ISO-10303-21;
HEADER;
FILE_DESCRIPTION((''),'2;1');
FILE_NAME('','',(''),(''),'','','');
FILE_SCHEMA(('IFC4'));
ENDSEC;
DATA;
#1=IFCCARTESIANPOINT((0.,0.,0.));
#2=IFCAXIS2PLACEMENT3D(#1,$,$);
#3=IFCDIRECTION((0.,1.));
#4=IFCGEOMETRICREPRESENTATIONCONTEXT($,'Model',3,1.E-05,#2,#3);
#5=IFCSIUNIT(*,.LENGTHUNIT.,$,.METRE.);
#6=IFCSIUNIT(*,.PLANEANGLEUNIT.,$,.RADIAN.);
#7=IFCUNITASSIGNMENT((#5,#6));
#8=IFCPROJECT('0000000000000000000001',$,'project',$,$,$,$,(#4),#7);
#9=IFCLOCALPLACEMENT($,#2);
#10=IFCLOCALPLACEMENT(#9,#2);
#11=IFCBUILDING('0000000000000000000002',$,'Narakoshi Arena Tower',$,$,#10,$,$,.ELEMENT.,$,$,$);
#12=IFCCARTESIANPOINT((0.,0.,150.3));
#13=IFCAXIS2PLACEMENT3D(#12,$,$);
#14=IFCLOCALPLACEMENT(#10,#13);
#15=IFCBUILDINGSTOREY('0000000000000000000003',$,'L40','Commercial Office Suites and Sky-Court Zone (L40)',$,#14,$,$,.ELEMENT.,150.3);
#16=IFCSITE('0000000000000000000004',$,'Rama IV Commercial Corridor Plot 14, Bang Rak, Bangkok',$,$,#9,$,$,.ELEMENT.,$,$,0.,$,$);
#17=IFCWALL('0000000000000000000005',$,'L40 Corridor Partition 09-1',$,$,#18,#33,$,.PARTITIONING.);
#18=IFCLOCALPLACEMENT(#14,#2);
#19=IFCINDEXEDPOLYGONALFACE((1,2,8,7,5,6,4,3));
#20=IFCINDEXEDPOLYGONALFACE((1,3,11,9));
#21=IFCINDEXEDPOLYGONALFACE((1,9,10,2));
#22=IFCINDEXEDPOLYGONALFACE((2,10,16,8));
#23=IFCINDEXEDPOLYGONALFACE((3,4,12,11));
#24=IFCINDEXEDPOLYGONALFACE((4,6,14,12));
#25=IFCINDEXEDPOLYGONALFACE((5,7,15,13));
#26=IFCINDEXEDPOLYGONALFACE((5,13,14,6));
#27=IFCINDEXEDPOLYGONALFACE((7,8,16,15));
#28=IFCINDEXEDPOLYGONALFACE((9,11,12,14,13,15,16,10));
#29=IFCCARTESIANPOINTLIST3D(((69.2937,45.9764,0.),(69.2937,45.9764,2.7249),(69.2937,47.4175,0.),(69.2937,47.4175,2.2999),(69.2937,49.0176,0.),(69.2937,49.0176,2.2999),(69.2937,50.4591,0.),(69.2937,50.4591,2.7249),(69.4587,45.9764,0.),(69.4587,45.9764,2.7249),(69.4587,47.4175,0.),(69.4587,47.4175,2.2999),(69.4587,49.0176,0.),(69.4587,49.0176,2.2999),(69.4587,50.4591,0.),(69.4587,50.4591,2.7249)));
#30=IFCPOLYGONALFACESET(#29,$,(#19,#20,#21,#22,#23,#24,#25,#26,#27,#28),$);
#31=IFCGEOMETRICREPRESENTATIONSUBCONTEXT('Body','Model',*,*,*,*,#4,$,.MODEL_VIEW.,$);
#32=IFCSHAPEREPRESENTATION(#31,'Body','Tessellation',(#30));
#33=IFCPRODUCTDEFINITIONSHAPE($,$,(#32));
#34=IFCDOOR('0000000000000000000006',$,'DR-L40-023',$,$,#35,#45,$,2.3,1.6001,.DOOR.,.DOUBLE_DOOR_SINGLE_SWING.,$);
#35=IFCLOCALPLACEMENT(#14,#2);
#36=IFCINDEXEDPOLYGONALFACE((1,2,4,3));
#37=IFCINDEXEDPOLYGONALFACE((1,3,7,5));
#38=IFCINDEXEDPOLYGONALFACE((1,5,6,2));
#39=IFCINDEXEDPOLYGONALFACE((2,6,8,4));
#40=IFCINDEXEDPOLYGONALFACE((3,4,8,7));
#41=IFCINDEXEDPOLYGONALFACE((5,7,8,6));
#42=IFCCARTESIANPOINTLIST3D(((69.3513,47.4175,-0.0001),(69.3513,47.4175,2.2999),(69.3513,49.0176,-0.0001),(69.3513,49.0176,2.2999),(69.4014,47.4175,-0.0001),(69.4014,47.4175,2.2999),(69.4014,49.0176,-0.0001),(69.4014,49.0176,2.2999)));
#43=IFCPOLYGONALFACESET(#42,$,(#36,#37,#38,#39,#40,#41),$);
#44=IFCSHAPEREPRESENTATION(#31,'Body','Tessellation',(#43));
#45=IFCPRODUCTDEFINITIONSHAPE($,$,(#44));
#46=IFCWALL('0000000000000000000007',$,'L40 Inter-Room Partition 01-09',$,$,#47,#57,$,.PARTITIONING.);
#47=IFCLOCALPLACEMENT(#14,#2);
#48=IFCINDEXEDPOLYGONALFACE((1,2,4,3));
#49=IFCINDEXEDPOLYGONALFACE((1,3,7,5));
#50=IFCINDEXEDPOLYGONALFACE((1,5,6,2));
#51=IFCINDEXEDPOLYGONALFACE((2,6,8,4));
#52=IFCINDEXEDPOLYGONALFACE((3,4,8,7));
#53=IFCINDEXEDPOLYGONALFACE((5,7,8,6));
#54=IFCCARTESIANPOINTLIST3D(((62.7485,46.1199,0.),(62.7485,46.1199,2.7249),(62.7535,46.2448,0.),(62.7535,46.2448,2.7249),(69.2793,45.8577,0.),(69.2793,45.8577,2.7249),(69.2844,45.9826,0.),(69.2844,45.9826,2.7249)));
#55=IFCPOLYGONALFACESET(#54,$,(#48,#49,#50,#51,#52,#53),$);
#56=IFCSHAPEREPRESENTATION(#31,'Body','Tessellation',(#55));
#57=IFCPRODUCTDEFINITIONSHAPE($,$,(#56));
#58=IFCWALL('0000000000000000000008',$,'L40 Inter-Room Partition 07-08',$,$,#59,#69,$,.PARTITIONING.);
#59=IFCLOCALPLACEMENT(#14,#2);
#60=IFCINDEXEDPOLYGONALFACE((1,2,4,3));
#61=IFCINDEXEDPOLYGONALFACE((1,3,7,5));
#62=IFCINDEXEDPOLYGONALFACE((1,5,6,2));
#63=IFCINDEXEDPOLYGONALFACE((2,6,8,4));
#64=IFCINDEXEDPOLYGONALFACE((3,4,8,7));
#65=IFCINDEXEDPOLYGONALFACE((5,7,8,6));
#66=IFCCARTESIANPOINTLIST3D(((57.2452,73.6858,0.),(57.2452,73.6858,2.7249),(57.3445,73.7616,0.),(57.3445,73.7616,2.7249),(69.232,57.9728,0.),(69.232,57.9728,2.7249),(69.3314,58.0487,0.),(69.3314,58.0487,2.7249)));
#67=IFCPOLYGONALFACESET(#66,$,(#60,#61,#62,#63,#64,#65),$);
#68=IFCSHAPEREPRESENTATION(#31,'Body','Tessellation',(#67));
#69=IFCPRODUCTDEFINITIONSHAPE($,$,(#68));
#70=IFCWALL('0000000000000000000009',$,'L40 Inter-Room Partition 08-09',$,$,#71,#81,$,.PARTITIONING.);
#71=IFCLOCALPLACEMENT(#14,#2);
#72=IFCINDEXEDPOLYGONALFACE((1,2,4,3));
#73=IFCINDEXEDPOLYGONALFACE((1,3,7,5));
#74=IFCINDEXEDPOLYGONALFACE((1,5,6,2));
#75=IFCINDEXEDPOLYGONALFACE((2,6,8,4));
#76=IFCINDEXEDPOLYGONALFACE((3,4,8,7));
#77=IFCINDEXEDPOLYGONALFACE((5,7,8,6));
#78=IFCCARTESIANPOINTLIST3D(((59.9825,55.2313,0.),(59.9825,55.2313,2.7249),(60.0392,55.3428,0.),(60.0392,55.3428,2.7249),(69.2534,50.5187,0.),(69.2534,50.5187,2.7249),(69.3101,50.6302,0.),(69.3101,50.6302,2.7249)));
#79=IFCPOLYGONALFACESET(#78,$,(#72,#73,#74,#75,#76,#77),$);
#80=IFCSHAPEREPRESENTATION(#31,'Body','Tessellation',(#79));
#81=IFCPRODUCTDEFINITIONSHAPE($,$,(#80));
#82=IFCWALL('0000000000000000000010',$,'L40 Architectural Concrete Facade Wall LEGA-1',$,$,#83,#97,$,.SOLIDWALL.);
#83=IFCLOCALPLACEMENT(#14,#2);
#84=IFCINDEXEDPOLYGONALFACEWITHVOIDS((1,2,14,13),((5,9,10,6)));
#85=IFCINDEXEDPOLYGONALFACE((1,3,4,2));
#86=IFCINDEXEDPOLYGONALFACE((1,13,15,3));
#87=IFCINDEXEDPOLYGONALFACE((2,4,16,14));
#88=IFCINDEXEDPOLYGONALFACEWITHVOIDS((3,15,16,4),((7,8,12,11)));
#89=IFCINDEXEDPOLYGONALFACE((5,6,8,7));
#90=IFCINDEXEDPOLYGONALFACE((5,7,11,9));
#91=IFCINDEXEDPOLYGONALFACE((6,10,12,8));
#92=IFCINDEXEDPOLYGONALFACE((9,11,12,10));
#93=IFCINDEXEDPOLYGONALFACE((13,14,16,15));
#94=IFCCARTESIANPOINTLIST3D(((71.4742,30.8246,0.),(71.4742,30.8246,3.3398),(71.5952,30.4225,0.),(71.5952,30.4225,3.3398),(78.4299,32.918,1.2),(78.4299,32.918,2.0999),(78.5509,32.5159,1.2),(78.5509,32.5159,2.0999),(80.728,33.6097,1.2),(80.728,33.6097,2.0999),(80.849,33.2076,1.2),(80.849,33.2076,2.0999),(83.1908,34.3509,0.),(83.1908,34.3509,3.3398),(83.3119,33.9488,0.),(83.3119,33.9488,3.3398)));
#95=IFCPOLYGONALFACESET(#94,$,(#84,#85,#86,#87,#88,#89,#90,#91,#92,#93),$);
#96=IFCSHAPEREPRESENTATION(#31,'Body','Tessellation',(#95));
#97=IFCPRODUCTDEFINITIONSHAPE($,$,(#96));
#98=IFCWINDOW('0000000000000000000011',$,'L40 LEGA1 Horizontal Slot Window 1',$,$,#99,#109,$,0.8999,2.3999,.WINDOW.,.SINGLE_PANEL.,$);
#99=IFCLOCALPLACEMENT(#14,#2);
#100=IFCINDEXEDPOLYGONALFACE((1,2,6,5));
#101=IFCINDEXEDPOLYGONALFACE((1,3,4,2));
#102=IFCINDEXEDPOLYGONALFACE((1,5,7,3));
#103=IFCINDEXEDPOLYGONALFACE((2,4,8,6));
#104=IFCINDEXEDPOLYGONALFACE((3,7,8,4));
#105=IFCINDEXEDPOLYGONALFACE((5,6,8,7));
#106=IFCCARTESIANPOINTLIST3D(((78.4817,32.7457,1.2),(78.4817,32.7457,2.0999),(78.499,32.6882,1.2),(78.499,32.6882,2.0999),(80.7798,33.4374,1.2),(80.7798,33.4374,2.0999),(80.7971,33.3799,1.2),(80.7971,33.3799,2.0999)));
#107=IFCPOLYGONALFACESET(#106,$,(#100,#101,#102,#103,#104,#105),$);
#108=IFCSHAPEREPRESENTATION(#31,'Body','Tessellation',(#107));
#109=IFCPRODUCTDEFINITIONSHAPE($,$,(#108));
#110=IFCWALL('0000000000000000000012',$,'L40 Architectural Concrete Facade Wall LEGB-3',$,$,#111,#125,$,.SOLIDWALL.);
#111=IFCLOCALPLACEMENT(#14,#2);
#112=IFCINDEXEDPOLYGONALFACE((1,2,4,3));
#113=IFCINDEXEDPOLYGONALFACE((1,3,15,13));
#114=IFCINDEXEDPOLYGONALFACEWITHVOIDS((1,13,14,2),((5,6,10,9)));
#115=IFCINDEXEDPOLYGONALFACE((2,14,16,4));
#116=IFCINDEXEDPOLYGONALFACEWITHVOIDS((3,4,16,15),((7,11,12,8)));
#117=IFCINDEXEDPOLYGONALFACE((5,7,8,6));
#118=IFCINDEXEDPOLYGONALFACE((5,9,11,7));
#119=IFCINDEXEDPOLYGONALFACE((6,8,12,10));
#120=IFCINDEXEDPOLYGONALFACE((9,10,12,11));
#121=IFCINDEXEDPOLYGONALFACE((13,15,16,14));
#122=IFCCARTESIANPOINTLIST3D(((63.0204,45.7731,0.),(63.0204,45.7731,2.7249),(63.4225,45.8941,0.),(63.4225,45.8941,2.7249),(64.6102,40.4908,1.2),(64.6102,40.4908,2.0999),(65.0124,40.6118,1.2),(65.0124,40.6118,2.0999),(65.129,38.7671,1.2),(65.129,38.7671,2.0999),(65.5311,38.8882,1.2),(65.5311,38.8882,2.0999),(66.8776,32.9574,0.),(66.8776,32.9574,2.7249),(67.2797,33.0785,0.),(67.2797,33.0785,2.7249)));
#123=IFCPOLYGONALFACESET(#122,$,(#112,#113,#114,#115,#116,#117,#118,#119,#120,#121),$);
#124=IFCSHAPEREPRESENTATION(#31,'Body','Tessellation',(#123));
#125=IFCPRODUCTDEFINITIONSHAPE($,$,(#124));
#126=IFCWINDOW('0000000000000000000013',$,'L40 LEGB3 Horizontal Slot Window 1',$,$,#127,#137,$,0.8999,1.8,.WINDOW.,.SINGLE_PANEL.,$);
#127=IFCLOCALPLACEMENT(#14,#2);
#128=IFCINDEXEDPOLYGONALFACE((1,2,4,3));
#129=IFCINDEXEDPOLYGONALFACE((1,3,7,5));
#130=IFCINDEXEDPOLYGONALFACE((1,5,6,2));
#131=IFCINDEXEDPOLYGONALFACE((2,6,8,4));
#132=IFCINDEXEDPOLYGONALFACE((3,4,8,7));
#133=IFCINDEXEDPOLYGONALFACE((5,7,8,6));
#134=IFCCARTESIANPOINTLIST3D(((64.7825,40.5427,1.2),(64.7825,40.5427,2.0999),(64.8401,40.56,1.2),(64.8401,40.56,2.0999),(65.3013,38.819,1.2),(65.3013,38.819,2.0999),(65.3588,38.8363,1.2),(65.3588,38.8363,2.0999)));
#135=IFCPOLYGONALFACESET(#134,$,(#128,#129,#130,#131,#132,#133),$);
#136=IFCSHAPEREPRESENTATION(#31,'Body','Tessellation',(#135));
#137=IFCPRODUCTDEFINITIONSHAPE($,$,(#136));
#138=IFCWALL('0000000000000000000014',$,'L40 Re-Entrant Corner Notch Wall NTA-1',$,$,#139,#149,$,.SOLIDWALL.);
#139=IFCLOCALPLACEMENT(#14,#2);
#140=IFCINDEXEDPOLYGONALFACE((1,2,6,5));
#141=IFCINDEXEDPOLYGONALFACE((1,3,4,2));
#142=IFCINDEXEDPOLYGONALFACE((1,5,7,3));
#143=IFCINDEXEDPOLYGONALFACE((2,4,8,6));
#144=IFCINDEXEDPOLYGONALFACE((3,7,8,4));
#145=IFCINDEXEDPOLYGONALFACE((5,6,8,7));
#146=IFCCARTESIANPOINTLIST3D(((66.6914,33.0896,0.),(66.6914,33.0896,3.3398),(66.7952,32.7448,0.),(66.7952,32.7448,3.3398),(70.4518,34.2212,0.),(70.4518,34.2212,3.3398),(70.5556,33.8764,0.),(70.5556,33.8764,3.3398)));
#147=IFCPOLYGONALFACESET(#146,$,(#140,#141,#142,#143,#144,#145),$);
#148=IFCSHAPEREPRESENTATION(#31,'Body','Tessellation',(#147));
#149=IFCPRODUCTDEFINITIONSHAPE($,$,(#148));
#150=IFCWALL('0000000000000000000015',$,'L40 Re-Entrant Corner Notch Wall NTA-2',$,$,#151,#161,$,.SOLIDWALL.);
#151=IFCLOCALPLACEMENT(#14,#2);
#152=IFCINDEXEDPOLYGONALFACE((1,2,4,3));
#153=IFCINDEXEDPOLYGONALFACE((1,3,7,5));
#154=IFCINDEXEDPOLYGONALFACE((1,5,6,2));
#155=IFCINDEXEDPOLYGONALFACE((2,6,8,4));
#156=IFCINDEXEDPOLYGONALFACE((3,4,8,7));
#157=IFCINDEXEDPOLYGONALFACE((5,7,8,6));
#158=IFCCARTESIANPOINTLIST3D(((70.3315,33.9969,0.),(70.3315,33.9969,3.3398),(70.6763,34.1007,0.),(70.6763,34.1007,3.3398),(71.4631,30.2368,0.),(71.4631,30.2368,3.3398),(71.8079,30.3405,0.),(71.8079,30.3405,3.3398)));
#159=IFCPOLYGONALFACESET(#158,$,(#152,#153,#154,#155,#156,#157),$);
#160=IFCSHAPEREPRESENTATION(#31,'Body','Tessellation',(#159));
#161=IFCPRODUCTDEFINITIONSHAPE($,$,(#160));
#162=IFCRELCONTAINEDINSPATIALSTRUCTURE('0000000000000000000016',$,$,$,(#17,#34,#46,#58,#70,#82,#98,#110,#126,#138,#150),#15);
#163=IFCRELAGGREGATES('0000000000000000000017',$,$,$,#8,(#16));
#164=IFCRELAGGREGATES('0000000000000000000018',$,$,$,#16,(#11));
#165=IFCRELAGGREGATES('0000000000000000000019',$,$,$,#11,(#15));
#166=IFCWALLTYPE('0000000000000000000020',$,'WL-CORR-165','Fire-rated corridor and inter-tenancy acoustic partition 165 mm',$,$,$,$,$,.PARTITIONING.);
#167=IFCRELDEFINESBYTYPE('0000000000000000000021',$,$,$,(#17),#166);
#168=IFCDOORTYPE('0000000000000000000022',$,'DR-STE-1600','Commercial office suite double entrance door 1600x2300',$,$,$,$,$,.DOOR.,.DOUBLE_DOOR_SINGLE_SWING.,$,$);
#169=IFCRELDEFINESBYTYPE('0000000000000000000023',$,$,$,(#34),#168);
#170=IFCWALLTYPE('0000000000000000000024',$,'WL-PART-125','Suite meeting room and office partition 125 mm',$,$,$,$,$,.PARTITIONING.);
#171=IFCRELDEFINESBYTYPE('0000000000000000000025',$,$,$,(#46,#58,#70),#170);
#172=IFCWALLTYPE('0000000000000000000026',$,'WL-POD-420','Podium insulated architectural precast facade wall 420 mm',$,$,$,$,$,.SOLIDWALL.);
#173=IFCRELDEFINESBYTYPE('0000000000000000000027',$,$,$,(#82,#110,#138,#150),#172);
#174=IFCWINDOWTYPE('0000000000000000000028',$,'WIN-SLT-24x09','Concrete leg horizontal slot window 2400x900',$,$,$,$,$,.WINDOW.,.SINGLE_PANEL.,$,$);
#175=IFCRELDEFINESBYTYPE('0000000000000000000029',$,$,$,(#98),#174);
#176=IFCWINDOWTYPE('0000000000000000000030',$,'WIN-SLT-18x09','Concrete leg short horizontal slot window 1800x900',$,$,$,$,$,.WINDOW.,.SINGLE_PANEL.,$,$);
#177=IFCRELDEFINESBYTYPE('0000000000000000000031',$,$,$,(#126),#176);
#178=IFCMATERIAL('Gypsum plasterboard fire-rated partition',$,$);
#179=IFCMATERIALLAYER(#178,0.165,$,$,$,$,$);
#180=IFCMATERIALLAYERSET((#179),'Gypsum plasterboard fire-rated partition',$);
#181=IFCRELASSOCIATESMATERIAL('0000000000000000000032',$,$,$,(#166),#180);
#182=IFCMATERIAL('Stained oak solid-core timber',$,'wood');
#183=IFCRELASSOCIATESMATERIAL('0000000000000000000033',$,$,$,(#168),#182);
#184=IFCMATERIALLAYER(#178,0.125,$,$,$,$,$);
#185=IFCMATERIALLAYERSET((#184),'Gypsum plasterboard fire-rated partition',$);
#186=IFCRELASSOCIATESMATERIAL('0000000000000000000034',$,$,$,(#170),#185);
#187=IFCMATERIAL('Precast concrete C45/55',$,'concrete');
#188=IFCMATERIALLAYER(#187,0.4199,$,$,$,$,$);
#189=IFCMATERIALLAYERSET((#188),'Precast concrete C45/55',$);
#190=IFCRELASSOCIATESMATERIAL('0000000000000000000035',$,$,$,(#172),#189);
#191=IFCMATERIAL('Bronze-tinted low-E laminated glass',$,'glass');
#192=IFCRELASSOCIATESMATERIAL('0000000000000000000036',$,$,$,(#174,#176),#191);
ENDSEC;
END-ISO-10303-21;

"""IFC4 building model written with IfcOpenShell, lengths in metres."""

from ifc_helpers import new_model, si_unit, direction, frame, frame_2d, origin, place, context, subcontext, project, spatial, rectangle, extrude, material, layer, layer_set, type_object, element, fill, save


model = new_model("IFC4")

# Units and contexts
model_context = context("Model", 3, precision=1e-05, world=origin(), true_north=direction((0.0, 1.0)))
body_context = subcontext(model_context, "Body", "Model", "MODEL_VIEW")
ifc_project = project(units=[si_unit("LENGTHUNIT", "METRE"), si_unit("PLANEANGLEUNIT", "RADIAN")], contexts=[model_context])

# Site, building, storey
site_placement = place(None, origin())
site = spatial("IfcSite", under=ifc_project, at=site_placement, Name="Rama IV Commercial Corridor Plot 14, Bang Rak, Bangkok", CompositionType="ELEMENT", RefElevation=0.0)
building_placement = place(site_placement, origin())
building = spatial("IfcBuilding", under=site, at=building_placement, Name="Narakoshi Arena Tower", CompositionType="ELEMENT")
storey_placement = place(building_placement, frame((0.0, 0.0, 150.3)))
storey = spatial("IfcBuildingStorey", under=building, at=storey_placement, Name="L40", Description="Commercial Office Suites and Sky-Court Zone (L40)", CompositionType="ELEMENT", Elevation=150.3)

# Wall, opening, door
ifc_material_1 = material(Name="Gypsum plasterboard fire-rated partition")
ifc_layer_1 = layer(ifc_material_1, 0.165)
ifc_layer_set_1 = layer_set([ifc_layer_1], Name="Gypsum plasterboard fire-rated partition")
wall_type_1 = type_object("IfcWallType", Name="WL-CORR-165", Description="Fire-rated corridor and inter-tenancy acoustic partition 165 mm", PredefinedType="PARTITIONING", material=ifc_layer_set_1)
ifc_material_2 = material(Name="Stained oak solid-core timber", Category="wood")
wall_1_placement = place(storey_placement, frame((69.3762, 50.459, 0.0), z_axis=(0.0, 0.0, 1.0), x_axis=(0.0, -1.0, 0.0)))
wall_1 = element("IfcWall", 1, at=wall_1_placement, inside=storey, type_object=wall_type_1, Name="L40 Corridor Partition 09-1", PredefinedType="PARTITIONING", context=body_context, shape_type="SweptSolid", body=[
    extrude(rectangle(XDim=4.4827, YDim=0.165, at=frame_2d((2.2412, 0.0))), origin(), (0.0, 0.0, 1.0), 2.7249),
])
opening_1_placement = place(wall_1_placement, frame((1.4414, 0.0, 0.0)))
opening_1 = element("IfcOpeningElement", 2, at=opening_1_placement, cuts=wall_1, PredefinedType="OPENING", context=body_context, shape_type="SweptSolid", body=[
    extrude(rectangle(XDim=1.6001, YDim=2.3, at=frame_2d((0.8, 1.1499))), frame((0.0, 0.0925, 0.0), z_axis=(0.0, -1.0, 0.0), x_axis=(1.0, 0.0, 0.0)), (0.0, 0.0, 1.0), 0.1851),
])
door_type_1 = type_object("IfcDoorType", Name="DR-STE-1600", Description="Commercial office suite double entrance door 1600x2300", OperationType="DOUBLE_DOOR_SINGLE_SWING", PredefinedType="DOOR", material=ifc_material_2)
door_1_placement = place(opening_1_placement, frame((1.6001, 0.0, 0.0), z_axis=(0.0, 0.0, 1.0), x_axis=(-1.0, 0.0, 0.0)))
door_1 = element("IfcDoor", 3, at=door_1_placement, inside=storey, type_object=door_type_1, Name="DR-L40-023", OperationType="DOUBLE_DOOR_SINGLE_SWING", OverallHeight=2.3, OverallWidth=1.6001, PredefinedType="DOOR", context=body_context, shape_type="SweptSolid", body=[
    extrude(rectangle(XDim=1.6001, YDim=2.3, at=frame_2d((0.8, 1.1499))), frame((0.0, 0.0249, 0.0), z_axis=(0.0, -1.0, 0.0), x_axis=(1.0, 0.0, 0.0)), (0.0, 0.0, 1.0), 0.05),
])
fill(opening_1, door_1)

# Walls
ifc_layer_2 = layer(ifc_material_1, 0.125)
ifc_layer_set_2 = layer_set([ifc_layer_2], Name="Gypsum plasterboard fire-rated partition")
wall_type_2 = type_object("IfcWallType", Name="WL-PART-125", Description="Suite meeting room and office partition 125 mm", PredefinedType="PARTITIONING", material=ifc_layer_set_2)
wall_2_placement = place(storey_placement, frame((62.751, 46.1824, 0.0), z_axis=(0.0, 0.0, 1.0), x_axis=(0.999195, -0.040117, 0.0)))
element("IfcWall", 4, at=wall_2_placement, inside=storey, type_object=wall_type_2, Name="L40 Inter-Room Partition 01-09", PredefinedType="PARTITIONING", context=body_context, shape_type="SweptSolid", body=[
    extrude(rectangle(XDim=6.5361, YDim=0.125, at=frame_2d((3.2681, 0.0))), origin(), (0.0, 0.0, 1.0), 2.7249),
])
wall_3_placement = place(storey_placement, frame((69.2817, 58.0107, 0.0), z_axis=(0.0, 0.0, 1.0), x_axis=(-0.606526, 0.795063, 0.0)))
element("IfcWall", 5, at=wall_3_placement, inside=storey, type_object=wall_type_2, Name="L40 Inter-Room Partition 07-08", PredefinedType="PARTITIONING", context=body_context, shape_type="SweptSolid", body=[
    extrude(rectangle(XDim=19.7632, YDim=0.125, at=frame_2d((9.8816, 0.0))), origin(), (0.0, 0.0, 1.0), 2.7249),
])
wall_4_placement = place(storey_placement, frame((69.2817, 50.5745, 0.0), z_axis=(0.0, 0.0, 1.0), x_axis=(-0.89144, 0.453138, 0.0)))
element("IfcWall", 6, at=wall_4_placement, inside=storey, type_object=wall_type_2, Name="L40 Inter-Room Partition 08-09", PredefinedType="PARTITIONING", context=body_context, shape_type="SweptSolid", body=[
    extrude(rectangle(XDim=10.3999, YDim=0.125, at=frame_2d((5.2, 0.0))), origin(), (0.0, 0.0, 1.0), 2.7249),
])

# Walls, openings, windows
ifc_material_3 = material(Name="Precast concrete C45/55", Category="concrete")
ifc_layer_3 = layer(ifc_material_3, 0.4199)
ifc_layer_set_3 = layer_set([ifc_layer_3], Name="Precast concrete C45/55")
wall_type_3 = type_object("IfcWallType", Name="WL-POD-420", Description="Podium insulated architectural precast facade wall 420 mm", PredefinedType="SOLIDWALL", material=ifc_layer_set_3)
wall_5_placement = place(storey_placement, frame((71.5347, 30.6235, 0.0), z_axis=(0.0, 0.0, 1.0), x_axis=(0.957571, 0.288197, 0.0)))
wall_5 = element("IfcWall", 7, at=wall_5_placement, inside=storey, type_object=wall_type_3, Name="L40 Architectural Concrete Facade Wall LEGA-1", PredefinedType="SOLIDWALL", context=body_context, shape_type="SweptSolid", body=[
    extrude(rectangle(XDim=12.2358, YDim=0.4199, at=frame_2d((6.1179, 0.0))), origin(), (0.0, 0.0, 1.0), 3.3398),
])
opening_2_placement = place(wall_5_placement, frame((7.2639, 0.0, 1.2)))
opening_2 = element("IfcOpeningElement", 8, at=opening_2_placement, cuts=wall_5, PredefinedType="OPENING", context=body_context, shape_type="SweptSolid", body=[
    extrude(rectangle(XDim=2.3999, YDim=0.8999, at=frame_2d((1.2, 0.45))), frame((0.0, 0.22, 0.0), z_axis=(0.0, -1.0, 0.0), x_axis=(1.0, 0.0, 0.0)), (0.0, 0.0, 1.0), 0.4399),
])
ifc_material_4 = material(Name="Bronze-tinted low-E laminated glass", Category="glass")
window_type_1 = type_object("IfcWindowType", Name="WIN-SLT-24x09", Description="Concrete leg horizontal slot window 2400x900", PartitioningType="SINGLE_PANEL", PredefinedType="WINDOW", material=ifc_material_4)
window_1_placement = place(opening_2_placement, origin())
window_1 = element("IfcWindow", 9, at=window_1_placement, inside=storey, type_object=window_type_1, Name="L40 LEGA1 Horizontal Slot Window 1", OverallHeight=0.8999, OverallWidth=2.3999, PartitioningType="SINGLE_PANEL", PredefinedType="WINDOW", context=body_context, shape_type="SweptSolid", body=[
    extrude(rectangle(XDim=2.3999, YDim=0.8999, at=frame_2d((1.2, 0.45))), frame((0.0, 0.03, 0.0), z_axis=(0.0, -1.0, 0.0), x_axis=(1.0, 0.0, 0.0)), (0.0, 0.0, 1.0), 0.0601),
])
fill(opening_2, window_1)
wall_6_placement = place(storey_placement, frame((63.2214, 45.8337, 0.0), z_axis=(0.0, 0.0, 1.0), x_axis=(0.288203, -0.957569, 0.0)))
wall_6 = element("IfcWall", 10, at=wall_6_placement, inside=storey, type_object=wall_type_3, Name="L40 Architectural Concrete Facade Wall LEGB-3", PredefinedType="SOLIDWALL", context=body_context, shape_type="SweptSolid", body=[
    extrude(rectangle(XDim=13.3835, YDim=0.4199, at=frame_2d((6.6919, 0.0))), origin(), (0.0, 0.0, 1.0), 2.7249),
])
opening_3_placement = place(wall_6_placement, frame((5.5166, 0.0, 1.2)))
opening_3 = element("IfcOpeningElement", 11, at=opening_3_placement, cuts=wall_6, PredefinedType="OPENING", context=body_context, shape_type="SweptSolid", body=[
    extrude(rectangle(XDim=1.8, YDim=0.8999, at=frame_2d((0.8999, 0.45))), frame((0.0, 0.22, 0.0), z_axis=(0.0, -1.0, 0.0), x_axis=(1.0, 0.0, 0.0)), (0.0, 0.0, 1.0), 0.4399),
])
window_type_2 = type_object("IfcWindowType", Name="WIN-SLT-18x09", Description="Concrete leg short horizontal slot window 1800x900", PartitioningType="SINGLE_PANEL", PredefinedType="WINDOW", material=ifc_material_4)
window_2_placement = place(opening_3_placement, origin())
window_2 = element("IfcWindow", 12, at=window_2_placement, inside=storey, type_object=window_type_2, Name="L40 LEGB3 Horizontal Slot Window 1", OverallHeight=0.8999, OverallWidth=1.8, PartitioningType="SINGLE_PANEL", PredefinedType="WINDOW", context=body_context, shape_type="SweptSolid", body=[
    extrude(rectangle(XDim=1.8, YDim=0.8999, at=frame_2d((0.8999, 0.45))), frame((0.0, 0.03, 0.0), z_axis=(0.0, -1.0, 0.0), x_axis=(1.0, 0.0, 0.0)), (0.0, 0.0, 1.0), 0.0601),
])
fill(opening_3, window_2)

# Walls
wall_7_placement = place(storey_placement, frame((66.7434, 32.9172, 0.0), z_axis=(0.0, 0.0, 1.0), x_axis=(0.957585, 0.288152, 0.0)))
element("IfcWall", 13, at=wall_7_placement, inside=storey, type_object=wall_type_3, Name="L40 Re-Entrant Corner Notch Wall NTA-1", PredefinedType="SOLIDWALL", context=body_context, shape_type="SweptSolid", body=[
    extrude(rectangle(XDim=3.927, YDim=0.3601, at=frame_2d((1.9634, 0.0))), origin(), (0.0, 0.0, 1.0), 3.3398),
])
wall_8_placement = place(storey_placement, frame((70.5039, 34.0488, 0.0), z_axis=(0.0, 0.0, 1.0), x_axis=(0.288169, -0.95758, 0.0)))
element("IfcWall", 14, at=wall_8_placement, inside=storey, type_object=wall_type_3, Name="L40 Re-Entrant Corner Notch Wall NTA-2", PredefinedType="SOLIDWALL", context=body_context, shape_type="SweptSolid", body=[
    extrude(rectangle(XDim=3.9268, YDim=0.3601, at=frame_2d((1.9634, 0.0))), origin(), (0.0, 0.0, 1.0), 3.3398),
])

save(model, "model.ifc")
